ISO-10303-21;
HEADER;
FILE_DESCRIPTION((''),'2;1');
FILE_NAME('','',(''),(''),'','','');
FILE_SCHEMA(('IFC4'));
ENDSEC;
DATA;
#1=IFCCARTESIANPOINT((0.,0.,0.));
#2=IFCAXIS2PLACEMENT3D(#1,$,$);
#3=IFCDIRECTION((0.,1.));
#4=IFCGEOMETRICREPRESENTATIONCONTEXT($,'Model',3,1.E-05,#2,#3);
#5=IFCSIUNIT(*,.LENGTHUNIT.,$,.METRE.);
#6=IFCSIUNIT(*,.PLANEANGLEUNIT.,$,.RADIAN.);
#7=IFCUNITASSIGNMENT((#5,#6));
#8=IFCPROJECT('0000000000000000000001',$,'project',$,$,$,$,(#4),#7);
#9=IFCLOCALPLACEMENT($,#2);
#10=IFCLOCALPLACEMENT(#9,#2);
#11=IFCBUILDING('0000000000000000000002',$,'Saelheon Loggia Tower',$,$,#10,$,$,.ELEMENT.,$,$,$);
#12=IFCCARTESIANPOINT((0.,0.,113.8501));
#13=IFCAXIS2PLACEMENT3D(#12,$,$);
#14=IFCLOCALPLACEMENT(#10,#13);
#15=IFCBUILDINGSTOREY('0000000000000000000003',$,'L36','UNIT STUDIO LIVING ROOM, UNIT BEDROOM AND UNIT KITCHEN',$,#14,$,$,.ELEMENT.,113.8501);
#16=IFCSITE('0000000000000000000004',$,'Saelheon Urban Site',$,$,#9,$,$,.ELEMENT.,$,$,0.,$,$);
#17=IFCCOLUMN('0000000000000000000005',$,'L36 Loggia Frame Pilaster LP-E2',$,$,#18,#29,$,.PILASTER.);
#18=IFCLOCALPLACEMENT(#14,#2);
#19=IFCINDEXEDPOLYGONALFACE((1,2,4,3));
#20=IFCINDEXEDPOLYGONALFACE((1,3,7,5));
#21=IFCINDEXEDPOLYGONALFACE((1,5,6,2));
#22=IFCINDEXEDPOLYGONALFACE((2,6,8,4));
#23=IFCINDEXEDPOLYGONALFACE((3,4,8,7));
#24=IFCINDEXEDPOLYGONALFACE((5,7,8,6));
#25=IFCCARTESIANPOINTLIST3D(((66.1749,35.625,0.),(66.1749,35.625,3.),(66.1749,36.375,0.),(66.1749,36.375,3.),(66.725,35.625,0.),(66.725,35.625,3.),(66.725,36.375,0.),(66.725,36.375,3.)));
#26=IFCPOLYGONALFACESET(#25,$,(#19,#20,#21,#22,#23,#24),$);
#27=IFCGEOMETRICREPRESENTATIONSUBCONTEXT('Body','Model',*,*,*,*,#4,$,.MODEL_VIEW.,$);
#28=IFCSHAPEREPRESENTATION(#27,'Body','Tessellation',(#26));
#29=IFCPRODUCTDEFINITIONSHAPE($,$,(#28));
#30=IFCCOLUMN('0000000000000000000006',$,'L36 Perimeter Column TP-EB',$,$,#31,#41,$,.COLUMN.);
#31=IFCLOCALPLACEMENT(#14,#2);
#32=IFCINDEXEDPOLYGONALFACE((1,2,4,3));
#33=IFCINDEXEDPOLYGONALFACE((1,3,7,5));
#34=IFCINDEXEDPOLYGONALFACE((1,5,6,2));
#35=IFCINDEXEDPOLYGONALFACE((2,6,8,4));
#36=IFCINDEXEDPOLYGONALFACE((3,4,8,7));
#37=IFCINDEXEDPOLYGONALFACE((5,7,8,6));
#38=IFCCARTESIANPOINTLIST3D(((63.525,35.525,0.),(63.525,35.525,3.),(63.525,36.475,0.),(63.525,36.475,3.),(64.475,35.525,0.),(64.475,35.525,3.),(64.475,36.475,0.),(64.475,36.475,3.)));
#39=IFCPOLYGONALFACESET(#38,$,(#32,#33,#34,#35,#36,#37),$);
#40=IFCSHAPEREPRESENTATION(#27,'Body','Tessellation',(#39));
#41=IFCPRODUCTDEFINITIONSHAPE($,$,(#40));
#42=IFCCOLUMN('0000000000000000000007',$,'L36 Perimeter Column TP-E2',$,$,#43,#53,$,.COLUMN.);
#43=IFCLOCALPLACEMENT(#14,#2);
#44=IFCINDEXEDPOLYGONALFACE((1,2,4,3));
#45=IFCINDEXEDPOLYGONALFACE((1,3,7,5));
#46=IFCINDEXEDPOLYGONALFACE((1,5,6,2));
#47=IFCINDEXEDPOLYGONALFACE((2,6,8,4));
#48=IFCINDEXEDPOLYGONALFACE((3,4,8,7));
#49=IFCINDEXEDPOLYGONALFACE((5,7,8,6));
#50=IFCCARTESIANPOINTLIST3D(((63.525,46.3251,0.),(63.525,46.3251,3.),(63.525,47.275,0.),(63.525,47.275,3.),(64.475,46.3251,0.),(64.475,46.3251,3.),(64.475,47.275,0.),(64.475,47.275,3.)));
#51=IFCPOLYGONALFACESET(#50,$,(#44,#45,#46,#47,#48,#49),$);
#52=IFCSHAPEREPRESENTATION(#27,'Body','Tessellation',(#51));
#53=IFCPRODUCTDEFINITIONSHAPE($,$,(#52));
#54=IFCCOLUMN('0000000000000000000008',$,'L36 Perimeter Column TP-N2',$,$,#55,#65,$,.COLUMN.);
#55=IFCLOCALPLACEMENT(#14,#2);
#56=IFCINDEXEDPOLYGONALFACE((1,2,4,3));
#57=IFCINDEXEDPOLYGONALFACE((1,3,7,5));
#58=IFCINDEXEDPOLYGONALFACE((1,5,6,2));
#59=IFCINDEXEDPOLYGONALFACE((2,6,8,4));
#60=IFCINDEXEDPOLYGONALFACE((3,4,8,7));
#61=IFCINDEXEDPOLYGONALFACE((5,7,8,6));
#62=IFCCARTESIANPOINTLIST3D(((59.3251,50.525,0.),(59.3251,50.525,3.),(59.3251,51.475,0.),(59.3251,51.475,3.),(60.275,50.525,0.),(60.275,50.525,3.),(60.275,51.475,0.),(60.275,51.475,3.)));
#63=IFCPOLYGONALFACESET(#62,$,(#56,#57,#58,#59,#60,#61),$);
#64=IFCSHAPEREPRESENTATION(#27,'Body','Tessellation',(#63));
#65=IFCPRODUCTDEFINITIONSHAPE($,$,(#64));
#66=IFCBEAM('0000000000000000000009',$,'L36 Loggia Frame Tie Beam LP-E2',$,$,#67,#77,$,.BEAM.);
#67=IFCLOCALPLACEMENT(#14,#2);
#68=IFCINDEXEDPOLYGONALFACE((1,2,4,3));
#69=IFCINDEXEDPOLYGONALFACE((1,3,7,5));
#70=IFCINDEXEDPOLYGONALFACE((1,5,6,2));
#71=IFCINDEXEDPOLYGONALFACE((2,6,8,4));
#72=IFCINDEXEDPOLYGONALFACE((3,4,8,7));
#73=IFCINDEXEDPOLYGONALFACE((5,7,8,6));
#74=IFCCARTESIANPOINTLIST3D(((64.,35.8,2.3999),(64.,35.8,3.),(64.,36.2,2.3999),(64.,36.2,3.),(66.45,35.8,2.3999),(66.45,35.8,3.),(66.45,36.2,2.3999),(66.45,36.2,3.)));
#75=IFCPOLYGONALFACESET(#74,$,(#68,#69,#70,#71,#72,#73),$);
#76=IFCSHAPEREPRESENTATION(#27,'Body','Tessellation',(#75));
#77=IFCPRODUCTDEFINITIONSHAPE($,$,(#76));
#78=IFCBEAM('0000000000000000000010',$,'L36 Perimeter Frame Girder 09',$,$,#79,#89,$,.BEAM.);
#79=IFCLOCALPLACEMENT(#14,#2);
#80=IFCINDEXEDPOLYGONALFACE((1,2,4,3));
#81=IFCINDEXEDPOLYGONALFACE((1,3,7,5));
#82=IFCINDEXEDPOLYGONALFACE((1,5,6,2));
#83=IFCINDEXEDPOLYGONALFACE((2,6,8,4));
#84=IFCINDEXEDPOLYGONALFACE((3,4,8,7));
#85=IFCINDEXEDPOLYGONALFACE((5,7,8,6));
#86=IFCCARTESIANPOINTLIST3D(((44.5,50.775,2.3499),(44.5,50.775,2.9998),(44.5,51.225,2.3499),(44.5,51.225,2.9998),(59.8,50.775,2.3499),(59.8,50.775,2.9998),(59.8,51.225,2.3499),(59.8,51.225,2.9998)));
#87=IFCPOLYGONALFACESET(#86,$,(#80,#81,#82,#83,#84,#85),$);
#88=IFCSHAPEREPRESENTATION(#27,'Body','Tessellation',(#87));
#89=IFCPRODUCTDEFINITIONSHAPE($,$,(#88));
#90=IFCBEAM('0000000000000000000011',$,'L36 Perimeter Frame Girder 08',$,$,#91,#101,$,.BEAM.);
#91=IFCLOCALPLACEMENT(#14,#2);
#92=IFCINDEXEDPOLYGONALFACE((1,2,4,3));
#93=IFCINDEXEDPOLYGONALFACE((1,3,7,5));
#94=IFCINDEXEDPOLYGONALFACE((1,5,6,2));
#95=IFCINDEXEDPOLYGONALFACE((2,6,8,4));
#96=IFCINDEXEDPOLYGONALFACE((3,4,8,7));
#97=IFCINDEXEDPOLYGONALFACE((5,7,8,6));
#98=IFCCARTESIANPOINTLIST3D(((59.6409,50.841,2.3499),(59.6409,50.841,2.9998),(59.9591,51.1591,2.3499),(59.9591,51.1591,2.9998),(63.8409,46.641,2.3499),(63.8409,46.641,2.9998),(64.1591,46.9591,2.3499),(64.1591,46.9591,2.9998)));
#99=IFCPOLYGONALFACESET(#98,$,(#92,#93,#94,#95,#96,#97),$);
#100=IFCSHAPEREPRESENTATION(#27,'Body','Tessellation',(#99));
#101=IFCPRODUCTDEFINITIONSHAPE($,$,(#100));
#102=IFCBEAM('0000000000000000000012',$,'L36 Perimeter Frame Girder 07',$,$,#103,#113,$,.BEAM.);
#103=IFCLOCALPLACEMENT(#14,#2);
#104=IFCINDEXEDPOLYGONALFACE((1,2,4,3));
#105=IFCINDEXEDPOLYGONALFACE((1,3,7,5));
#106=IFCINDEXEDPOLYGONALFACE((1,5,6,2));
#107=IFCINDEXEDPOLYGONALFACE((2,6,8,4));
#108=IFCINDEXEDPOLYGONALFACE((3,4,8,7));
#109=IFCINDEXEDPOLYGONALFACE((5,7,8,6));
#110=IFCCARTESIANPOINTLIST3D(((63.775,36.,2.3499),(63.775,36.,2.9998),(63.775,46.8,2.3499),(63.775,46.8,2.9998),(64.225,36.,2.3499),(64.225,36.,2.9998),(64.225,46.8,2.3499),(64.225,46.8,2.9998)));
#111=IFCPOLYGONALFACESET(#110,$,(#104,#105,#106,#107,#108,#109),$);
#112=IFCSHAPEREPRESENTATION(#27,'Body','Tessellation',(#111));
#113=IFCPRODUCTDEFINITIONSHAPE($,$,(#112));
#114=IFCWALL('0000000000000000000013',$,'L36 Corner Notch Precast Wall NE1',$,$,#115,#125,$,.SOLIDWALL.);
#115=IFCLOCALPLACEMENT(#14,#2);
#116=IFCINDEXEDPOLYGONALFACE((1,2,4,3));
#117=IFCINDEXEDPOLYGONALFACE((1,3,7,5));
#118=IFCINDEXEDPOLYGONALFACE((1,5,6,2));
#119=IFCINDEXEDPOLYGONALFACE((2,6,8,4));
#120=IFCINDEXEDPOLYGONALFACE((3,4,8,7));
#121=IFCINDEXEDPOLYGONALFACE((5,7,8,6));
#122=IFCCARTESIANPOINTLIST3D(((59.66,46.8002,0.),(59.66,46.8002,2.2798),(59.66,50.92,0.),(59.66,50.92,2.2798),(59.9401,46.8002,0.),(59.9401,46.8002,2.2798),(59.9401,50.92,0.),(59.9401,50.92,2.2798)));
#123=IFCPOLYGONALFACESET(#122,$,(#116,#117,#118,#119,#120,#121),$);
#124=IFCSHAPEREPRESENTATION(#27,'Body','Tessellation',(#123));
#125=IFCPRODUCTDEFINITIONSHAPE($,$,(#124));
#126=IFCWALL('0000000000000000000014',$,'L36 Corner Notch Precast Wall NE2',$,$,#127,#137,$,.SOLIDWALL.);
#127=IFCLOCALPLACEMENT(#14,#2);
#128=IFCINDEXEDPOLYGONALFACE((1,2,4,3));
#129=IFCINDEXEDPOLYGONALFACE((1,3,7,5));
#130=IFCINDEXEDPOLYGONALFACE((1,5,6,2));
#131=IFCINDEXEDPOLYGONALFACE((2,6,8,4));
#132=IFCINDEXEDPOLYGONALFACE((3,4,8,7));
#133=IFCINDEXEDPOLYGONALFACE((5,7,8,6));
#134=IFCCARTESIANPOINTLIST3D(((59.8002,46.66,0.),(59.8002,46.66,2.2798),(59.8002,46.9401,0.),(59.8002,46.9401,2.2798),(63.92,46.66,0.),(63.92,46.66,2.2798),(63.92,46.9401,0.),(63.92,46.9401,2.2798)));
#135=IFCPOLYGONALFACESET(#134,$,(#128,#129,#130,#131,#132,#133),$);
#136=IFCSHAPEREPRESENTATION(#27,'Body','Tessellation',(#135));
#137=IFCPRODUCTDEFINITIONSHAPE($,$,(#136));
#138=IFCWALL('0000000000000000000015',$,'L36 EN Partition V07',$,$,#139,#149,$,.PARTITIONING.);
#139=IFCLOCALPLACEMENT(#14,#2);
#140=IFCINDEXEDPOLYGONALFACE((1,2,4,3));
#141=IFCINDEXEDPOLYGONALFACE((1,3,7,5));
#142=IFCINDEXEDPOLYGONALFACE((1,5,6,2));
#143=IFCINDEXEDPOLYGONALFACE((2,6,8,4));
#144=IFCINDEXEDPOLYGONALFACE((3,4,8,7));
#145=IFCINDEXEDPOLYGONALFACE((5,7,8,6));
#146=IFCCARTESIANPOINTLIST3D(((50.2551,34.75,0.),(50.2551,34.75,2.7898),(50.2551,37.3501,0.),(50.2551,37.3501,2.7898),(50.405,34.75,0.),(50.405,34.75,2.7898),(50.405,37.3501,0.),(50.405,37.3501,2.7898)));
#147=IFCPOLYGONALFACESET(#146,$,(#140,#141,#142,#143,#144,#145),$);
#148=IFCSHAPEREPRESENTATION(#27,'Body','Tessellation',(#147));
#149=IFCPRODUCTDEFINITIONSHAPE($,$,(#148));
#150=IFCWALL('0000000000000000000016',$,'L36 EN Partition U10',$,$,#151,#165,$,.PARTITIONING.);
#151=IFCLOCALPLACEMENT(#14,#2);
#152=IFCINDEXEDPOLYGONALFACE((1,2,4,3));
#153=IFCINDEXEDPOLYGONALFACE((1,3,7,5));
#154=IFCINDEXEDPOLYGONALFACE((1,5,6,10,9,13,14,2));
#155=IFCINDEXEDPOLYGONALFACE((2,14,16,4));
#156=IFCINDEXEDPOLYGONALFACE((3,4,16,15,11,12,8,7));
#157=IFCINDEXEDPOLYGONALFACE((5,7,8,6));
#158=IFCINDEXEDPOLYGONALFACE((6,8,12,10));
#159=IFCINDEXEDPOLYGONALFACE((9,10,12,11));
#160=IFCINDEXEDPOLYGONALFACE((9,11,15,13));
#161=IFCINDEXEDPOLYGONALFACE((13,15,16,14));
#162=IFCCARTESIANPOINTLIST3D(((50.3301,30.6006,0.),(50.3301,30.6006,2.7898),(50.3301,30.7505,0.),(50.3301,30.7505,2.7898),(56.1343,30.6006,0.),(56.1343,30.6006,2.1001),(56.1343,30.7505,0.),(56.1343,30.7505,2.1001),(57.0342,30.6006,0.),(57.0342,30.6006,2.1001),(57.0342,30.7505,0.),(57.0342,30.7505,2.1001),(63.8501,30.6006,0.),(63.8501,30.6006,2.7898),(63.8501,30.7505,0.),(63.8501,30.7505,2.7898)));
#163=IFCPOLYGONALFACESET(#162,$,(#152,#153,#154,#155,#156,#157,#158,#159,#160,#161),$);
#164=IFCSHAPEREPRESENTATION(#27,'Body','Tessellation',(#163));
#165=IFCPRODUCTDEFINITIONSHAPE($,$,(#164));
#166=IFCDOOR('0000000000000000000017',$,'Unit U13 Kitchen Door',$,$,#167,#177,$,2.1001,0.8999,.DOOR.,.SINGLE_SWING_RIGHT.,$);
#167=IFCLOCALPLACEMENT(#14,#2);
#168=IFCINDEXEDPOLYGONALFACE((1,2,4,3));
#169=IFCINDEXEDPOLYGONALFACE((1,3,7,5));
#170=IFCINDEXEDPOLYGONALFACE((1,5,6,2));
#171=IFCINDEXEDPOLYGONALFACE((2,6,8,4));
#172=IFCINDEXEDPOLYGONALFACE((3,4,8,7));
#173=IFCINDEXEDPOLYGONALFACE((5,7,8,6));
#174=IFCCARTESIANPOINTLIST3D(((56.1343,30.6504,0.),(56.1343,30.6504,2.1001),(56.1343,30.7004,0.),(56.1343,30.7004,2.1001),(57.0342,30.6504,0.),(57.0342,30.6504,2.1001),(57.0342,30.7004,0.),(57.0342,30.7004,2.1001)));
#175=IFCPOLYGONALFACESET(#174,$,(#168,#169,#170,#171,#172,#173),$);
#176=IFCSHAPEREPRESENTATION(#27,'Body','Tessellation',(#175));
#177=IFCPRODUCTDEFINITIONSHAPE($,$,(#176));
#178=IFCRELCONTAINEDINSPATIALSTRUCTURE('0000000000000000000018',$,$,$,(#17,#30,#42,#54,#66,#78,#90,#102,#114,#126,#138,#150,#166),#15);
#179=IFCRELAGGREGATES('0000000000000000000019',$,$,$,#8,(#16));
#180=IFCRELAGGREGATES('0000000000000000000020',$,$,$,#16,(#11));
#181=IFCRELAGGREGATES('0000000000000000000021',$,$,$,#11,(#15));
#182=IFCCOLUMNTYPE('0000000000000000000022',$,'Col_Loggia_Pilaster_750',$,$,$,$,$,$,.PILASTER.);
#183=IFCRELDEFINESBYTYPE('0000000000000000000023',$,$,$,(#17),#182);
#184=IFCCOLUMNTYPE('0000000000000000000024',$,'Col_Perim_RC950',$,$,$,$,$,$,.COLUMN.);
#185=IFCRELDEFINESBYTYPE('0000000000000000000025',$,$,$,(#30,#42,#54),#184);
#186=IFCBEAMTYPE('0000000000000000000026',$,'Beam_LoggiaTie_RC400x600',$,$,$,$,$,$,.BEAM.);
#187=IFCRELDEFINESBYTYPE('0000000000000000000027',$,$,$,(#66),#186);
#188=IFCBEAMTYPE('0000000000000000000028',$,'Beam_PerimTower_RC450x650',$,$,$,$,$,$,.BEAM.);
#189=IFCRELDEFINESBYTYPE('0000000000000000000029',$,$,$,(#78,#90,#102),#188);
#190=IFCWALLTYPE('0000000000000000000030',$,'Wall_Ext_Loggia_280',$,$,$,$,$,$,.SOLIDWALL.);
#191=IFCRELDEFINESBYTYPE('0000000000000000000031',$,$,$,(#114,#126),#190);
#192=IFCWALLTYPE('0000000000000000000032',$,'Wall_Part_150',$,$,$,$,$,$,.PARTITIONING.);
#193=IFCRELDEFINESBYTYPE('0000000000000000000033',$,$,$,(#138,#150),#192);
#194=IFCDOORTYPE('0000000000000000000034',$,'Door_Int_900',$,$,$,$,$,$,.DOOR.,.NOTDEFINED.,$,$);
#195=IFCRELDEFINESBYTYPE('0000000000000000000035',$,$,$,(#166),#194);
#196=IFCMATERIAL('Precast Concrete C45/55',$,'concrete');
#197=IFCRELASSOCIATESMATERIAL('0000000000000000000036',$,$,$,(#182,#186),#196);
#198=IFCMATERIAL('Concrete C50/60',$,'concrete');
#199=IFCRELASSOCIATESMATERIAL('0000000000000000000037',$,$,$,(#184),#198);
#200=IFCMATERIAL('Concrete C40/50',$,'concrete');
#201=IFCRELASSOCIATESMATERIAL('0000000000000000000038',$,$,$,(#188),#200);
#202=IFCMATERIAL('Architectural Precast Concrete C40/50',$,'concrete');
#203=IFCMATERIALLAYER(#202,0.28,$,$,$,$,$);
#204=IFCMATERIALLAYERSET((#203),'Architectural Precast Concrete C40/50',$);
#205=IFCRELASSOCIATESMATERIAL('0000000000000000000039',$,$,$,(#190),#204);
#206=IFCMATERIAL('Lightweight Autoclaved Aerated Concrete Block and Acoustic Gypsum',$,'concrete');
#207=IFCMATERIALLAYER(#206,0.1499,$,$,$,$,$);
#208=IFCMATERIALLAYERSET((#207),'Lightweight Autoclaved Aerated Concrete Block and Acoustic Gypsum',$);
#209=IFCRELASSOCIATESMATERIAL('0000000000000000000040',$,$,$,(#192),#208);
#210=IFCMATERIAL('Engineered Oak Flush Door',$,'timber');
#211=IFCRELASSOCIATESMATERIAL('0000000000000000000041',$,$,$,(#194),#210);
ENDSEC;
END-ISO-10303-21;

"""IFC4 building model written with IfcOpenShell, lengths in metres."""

from ifc_helpers import new_model, si_unit, direction, frame, frame_2d, origin, origin_2d, place, context, subcontext, project, spatial, rectangle, extrude, source, transform, mapped, material, layer, layer_set, material_profile, profile_set, type_object, element, fill, save


model = new_model("IFC4")

# Units and contexts
model_context = context("Model", 3, precision=1e-05, world=origin(), true_north=direction((0.0, 1.0)))
body_context = subcontext(model_context, "Body", "Model", "MODEL_VIEW")
ifc_project = project(units=[si_unit("LENGTHUNIT", "METRE"), si_unit("PLANEANGLEUNIT", "RADIAN")], contexts=[model_context])

# Site, building, storey
site_placement = place(None, origin())
site = spatial("IfcSite", under=ifc_project, at=site_placement, Name="Saelheon Urban Site", CompositionType="ELEMENT", RefElevation=0.0)
building_placement = place(site_placement, origin())
building = spatial("IfcBuilding", under=site, at=building_placement, Name="Saelheon Loggia Tower", CompositionType="ELEMENT")
storey_placement = place(building_placement, frame((0.0, 0.0, 113.8501)))
storey = spatial("IfcBuildingStorey", under=building, at=storey_placement, Name="L36", Description="UNIT STUDIO LIVING ROOM, UNIT BEDROOM AND UNIT KITCHEN", CompositionType="ELEMENT", Elevation=113.8501)

# Columns
ifc_material_1 = material(Name="Precast Concrete C45/55", Category="concrete")
ifc_material_profile_1 = material_profile(ifc_material_1, rectangle(XDim=0.55, YDim=0.75, at=origin_2d()), Name="RC-550x750")
ifc_profile_set_1 = profile_set([ifc_material_profile_1], Name="Precast Concrete C45/55")
column_type_1 = type_object("IfcColumnType", Name="Col_Loggia_Pilaster_750", PredefinedType="PILASTER", material=ifc_profile_set_1)
shared_shape_1 = source(origin(), body_context, "Body", "SweptSolid", [
    extrude(rectangle(XDim=0.55, YDim=0.75, at=origin_2d()), origin(), (0.0, 0.0, 1.0), 3.0),
])
column_placement = place(storey_placement, frame((66.45, 36.0, 0.0), z_axis=(0.0, 0.0, 1.0), x_axis=(1.0, 0.0, 0.0)))
element("IfcColumn", 1, at=column_placement, inside=storey, type_object=column_type_1, Name="L36 Loggia Frame Pilaster LP-E2", PredefinedType="PILASTER", context=body_context, shape_type="MappedRepresentation", body=[
    mapped(shared_shape_1, transform((0.0, 0.0, 0.0), scale=1.0)),
])
ifc_material_2 = material(Name="Concrete C50/60", Category="concrete")
ifc_material_profile_2 = material_profile(ifc_material_2, rectangle(XDim=0.95, YDim=0.95, at=origin_2d()), Name="RC-950x950")
ifc_profile_set_2 = profile_set([ifc_material_profile_2], Name="Concrete C50/60")
column_type_2 = type_object("IfcColumnType", Name="Col_Perim_RC950", PredefinedType="COLUMN", material=ifc_profile_set_2)
shared_shape_2 = source(origin(), body_context, "Body", "SweptSolid", [
    extrude(rectangle(XDim=0.95, YDim=0.95, at=origin_2d()), origin(), (0.0, 0.0, 1.0), 3.0),
])
for number, where, z_axis, x_axis, name in (
    (2, (64.0, 36.0, 0.0), (0.0, 0.0, 1.0), (1.0, 0.0, 0.0), "L36 Perimeter Column TP-EB"),
    (3, (64.0, 46.8, 0.0), (0.0, 0.0, 1.0), (1.0, 0.0, 0.0), "L36 Perimeter Column TP-E2"),
    (4, (59.8, 51.0, 0.0), (0.0, 0.0, 1.0), (1.0, 0.0, 0.0), "L36 Perimeter Column TP-N2"),
):
    element("IfcColumn", number, at=place(storey_placement, frame(where, z_axis=z_axis, x_axis=x_axis)), inside=storey, type_object=column_type_2, Name=name, PredefinedType="COLUMN", context=body_context, shape_type="MappedRepresentation", body=[
        mapped(shared_shape_2, transform((0.0, 0.0, 0.0), scale=1.0)),
    ])

# Beams
ifc_material_profile_3 = material_profile(ifc_material_1, rectangle(XDim=0.3999, YDim=0.6001, at=origin_2d()), Name="RC-400x600")
ifc_profile_set_3 = profile_set([ifc_material_profile_3], Name="Precast Concrete C45/55")
beam_type_1 = type_object("IfcBeamType", Name="Beam_LoggiaTie_RC400x600", PredefinedType="BEAM", material=ifc_profile_set_3)
shared_shape_3 = source(origin(), body_context, "Body", "SweptSolid", [
    extrude(rectangle(XDim=0.3999, YDim=0.6001, at=origin_2d()), origin(), (0.0, 0.0, 1.0), 2.45),
])
beam_1_placement = place(storey_placement, frame((64.0, 36.0, 2.7), z_axis=(1.0, 0.0, 0.0), x_axis=(0.0, 1.0, 0.0)))
element("IfcBeam", 5, at=beam_1_placement, inside=storey, type_object=beam_type_1, Name="L36 Loggia Frame Tie Beam LP-E2", PredefinedType="BEAM", context=body_context, shape_type="MappedRepresentation", body=[
    mapped(shared_shape_3, transform((0.0, 0.0, 0.0), scale=1.0)),
])
ifc_material_3 = material(Name="Concrete C40/50", Category="concrete")
ifc_material_profile_4 = material_profile(ifc_material_3, rectangle(XDim=0.45, YDim=0.6499, at=origin_2d()), Name="RC-450x650")
ifc_profile_set_4 = profile_set([ifc_material_profile_4], Name="Concrete C40/50")
beam_type_2 = type_object("IfcBeamType", Name="Beam_PerimTower_RC450x650", PredefinedType="BEAM", material=ifc_profile_set_4)
shared_shape_4 = source(origin(), body_context, "Body", "SweptSolid", [
    extrude(rectangle(XDim=0.45, YDim=0.6499, at=origin_2d()), origin(), (0.0, 0.0, 1.0), 15.3),
])
beam_2_placement = place(storey_placement, frame((59.8, 51.0, 2.6748), z_axis=(-1.0, 0.0, 0.0), x_axis=(0.0, -1.0, 0.0)))
element("IfcBeam", 6, at=beam_2_placement, inside=storey, type_object=beam_type_2, Name="L36 Perimeter Frame Girder 09", PredefinedType="BEAM", context=body_context, shape_type="MappedRepresentation", body=[
    mapped(shared_shape_4, transform((0.0, 0.0, 0.0), scale=1.0)),
])
shared_shape_5 = source(origin(), body_context, "Body", "SweptSolid", [
    extrude(rectangle(XDim=0.45, YDim=0.6499, at=origin_2d()), origin(), (0.0, 0.0, 1.0), 5.9397),
])
beam_3_placement = place(storey_placement, frame((64.0, 46.8, 2.6748), z_axis=(-0.707107, 0.707107, 0.0), x_axis=(-0.707107, -0.707107, 0.0)))
element("IfcBeam", 7, at=beam_3_placement, inside=storey, type_object=beam_type_2, Name="L36 Perimeter Frame Girder 08", PredefinedType="BEAM", context=body_context, shape_type="MappedRepresentation", body=[
    mapped(shared_shape_5, transform((0.0, 0.0, 0.0), scale=1.0)),
])
shared_shape_6 = source(origin(), body_context, "Body", "SweptSolid", [
    extrude(rectangle(XDim=0.45, YDim=0.6499, at=origin_2d()), origin(), (0.0, 0.0, 1.0), 10.8),
])
beam_4_placement = place(storey_placement, frame((64.0, 36.0, 2.6748), z_axis=(0.0, 1.0, 0.0), x_axis=(-1.0, 0.0, 0.0)))
element("IfcBeam", 8, at=beam_4_placement, inside=storey, type_object=beam_type_2, Name="L36 Perimeter Frame Girder 07", PredefinedType="BEAM", context=body_context, shape_type="MappedRepresentation", body=[
    mapped(shared_shape_6, transform((0.0, 0.0, 0.0), scale=1.0)),
])

# Walls
ifc_material_4 = material(Name="Architectural Precast Concrete C40/50", Category="concrete")
ifc_layer_1 = layer(ifc_material_4, 0.28)
ifc_layer_set_1 = layer_set([ifc_layer_1], Name="Architectural Precast Concrete C40/50")
wall_type_1 = type_object("IfcWallType", Name="Wall_Ext_Loggia_280", PredefinedType="SOLIDWALL", material=ifc_layer_set_1)
for number, where, z_axis, x_axis, name in (
    (9, (59.8, 46.8, 0.0), (0.0, 0.0, 1.0), (0.0, 1.0, 0.0), "L36 Corner Notch Precast Wall NE1"),
    (10, (59.8, 46.8, 0.0), (0.0, 0.0, 1.0), (1.0, 0.0, 0.0), "L36 Corner Notch Precast Wall NE2"),
):
    element("IfcWall", number, at=place(storey_placement, frame(where, z_axis=z_axis, x_axis=x_axis)), inside=storey, type_object=wall_type_1, Name=name, PredefinedType="SOLIDWALL", context=body_context, shape_type="SweptSolid", body=[
        extrude(rectangle(XDim=4.1199, YDim=0.28, at=frame_2d((2.0601, 0.0))), origin(), (0.0, 0.0, 1.0), 2.2798),
    ])
ifc_material_5 = material(Name="Lightweight Autoclaved Aerated Concrete Block and Acoustic Gypsum", Category="concrete")
ifc_layer_2 = layer(ifc_material_5, 0.1499)
ifc_layer_set_2 = layer_set([ifc_layer_2], Name="Lightweight Autoclaved Aerated Concrete Block and Acoustic Gypsum")
wall_type_2 = type_object("IfcWallType", Name="Wall_Part_150", PredefinedType="PARTITIONING", material=ifc_layer_set_2)
wall_1_placement = place(storey_placement, frame((50.3301, 34.75, 0.0), z_axis=(0.0, 0.0, 1.0), x_axis=(0.0, 1.0, 0.0)))
element("IfcWall", 11, at=wall_1_placement, inside=storey, type_object=wall_type_2, Name="L36 EN Partition V07", PredefinedType="PARTITIONING", context=body_context, shape_type="SweptSolid", body=[
    extrude(rectangle(XDim=2.6001, YDim=0.1499, at=frame_2d((1.3, 0.0))), origin(), (0.0, 0.0, 1.0), 2.7898),
])

# Wall, opening, door
wall_2_placement = place(storey_placement, frame((50.3301, 30.6755, 0.0), z_axis=(0.0, 0.0, 1.0), x_axis=(1.0, 0.0, 0.0)))
wall_2 = element("IfcWall", 12, at=wall_2_placement, inside=storey, type_object=wall_type_2, Name="L36 EN Partition U10", PredefinedType="PARTITIONING", context=body_context, shape_type="SweptSolid", body=[
    extrude(rectangle(XDim=13.52, YDim=0.1499, at=frame_2d((6.76, 0.0))), origin(), (0.0, 0.0, 1.0), 2.7898),
])
opening_1_placement = place(wall_2_placement, frame((5.8042, 0.0, 0.0)))
opening_1 = element("IfcOpeningElement", 13, at=opening_1_placement, cuts=wall_2, PredefinedType="OPENING", context=body_context, shape_type="SweptSolid", body=[
    extrude(rectangle(XDim=0.8999, YDim=2.1001, at=frame_2d((0.45, 1.05))), frame((0.0, 0.0869, 0.0), z_axis=(0.0, -1.0, 0.0), x_axis=(1.0, 0.0, 0.0)), (0.0, 0.0, 1.0), 0.1738),
])
ifc_material_6 = material(Name="Engineered Oak Flush Door", Category="timber")
door_type = type_object("IfcDoorType", Name="Door_Int_900", OperationType="NOTDEFINED", PredefinedType="DOOR", material=ifc_material_6)
shared_shape_7 = source(origin(), body_context, "Body", "SweptSolid", [
    extrude(rectangle(XDim=0.8999, YDim=2.1001, at=frame_2d((0.45, 1.05))), frame((0.0, 0.0249, 0.0), z_axis=(0.0, -1.0, 0.0), x_axis=(1.0, 0.0, 0.0)), (0.0, 0.0, 1.0), 0.05),
])
door_1_placement = place(opening_1_placement, origin())
door_1 = element("IfcDoor", 14, at=door_1_placement, inside=storey, type_object=door_type, Name="Unit U13 Kitchen Door", OperationType="SINGLE_SWING_RIGHT", OverallHeight=2.1001, OverallWidth=0.8999, PredefinedType="DOOR", context=body_context, shape_type="MappedRepresentation", body=[
    mapped(shared_shape_7, transform((0.0, 0.0, 0.0), scale=1.0)),
])
fill(opening_1, door_1)

save(model, "model.ifc")
